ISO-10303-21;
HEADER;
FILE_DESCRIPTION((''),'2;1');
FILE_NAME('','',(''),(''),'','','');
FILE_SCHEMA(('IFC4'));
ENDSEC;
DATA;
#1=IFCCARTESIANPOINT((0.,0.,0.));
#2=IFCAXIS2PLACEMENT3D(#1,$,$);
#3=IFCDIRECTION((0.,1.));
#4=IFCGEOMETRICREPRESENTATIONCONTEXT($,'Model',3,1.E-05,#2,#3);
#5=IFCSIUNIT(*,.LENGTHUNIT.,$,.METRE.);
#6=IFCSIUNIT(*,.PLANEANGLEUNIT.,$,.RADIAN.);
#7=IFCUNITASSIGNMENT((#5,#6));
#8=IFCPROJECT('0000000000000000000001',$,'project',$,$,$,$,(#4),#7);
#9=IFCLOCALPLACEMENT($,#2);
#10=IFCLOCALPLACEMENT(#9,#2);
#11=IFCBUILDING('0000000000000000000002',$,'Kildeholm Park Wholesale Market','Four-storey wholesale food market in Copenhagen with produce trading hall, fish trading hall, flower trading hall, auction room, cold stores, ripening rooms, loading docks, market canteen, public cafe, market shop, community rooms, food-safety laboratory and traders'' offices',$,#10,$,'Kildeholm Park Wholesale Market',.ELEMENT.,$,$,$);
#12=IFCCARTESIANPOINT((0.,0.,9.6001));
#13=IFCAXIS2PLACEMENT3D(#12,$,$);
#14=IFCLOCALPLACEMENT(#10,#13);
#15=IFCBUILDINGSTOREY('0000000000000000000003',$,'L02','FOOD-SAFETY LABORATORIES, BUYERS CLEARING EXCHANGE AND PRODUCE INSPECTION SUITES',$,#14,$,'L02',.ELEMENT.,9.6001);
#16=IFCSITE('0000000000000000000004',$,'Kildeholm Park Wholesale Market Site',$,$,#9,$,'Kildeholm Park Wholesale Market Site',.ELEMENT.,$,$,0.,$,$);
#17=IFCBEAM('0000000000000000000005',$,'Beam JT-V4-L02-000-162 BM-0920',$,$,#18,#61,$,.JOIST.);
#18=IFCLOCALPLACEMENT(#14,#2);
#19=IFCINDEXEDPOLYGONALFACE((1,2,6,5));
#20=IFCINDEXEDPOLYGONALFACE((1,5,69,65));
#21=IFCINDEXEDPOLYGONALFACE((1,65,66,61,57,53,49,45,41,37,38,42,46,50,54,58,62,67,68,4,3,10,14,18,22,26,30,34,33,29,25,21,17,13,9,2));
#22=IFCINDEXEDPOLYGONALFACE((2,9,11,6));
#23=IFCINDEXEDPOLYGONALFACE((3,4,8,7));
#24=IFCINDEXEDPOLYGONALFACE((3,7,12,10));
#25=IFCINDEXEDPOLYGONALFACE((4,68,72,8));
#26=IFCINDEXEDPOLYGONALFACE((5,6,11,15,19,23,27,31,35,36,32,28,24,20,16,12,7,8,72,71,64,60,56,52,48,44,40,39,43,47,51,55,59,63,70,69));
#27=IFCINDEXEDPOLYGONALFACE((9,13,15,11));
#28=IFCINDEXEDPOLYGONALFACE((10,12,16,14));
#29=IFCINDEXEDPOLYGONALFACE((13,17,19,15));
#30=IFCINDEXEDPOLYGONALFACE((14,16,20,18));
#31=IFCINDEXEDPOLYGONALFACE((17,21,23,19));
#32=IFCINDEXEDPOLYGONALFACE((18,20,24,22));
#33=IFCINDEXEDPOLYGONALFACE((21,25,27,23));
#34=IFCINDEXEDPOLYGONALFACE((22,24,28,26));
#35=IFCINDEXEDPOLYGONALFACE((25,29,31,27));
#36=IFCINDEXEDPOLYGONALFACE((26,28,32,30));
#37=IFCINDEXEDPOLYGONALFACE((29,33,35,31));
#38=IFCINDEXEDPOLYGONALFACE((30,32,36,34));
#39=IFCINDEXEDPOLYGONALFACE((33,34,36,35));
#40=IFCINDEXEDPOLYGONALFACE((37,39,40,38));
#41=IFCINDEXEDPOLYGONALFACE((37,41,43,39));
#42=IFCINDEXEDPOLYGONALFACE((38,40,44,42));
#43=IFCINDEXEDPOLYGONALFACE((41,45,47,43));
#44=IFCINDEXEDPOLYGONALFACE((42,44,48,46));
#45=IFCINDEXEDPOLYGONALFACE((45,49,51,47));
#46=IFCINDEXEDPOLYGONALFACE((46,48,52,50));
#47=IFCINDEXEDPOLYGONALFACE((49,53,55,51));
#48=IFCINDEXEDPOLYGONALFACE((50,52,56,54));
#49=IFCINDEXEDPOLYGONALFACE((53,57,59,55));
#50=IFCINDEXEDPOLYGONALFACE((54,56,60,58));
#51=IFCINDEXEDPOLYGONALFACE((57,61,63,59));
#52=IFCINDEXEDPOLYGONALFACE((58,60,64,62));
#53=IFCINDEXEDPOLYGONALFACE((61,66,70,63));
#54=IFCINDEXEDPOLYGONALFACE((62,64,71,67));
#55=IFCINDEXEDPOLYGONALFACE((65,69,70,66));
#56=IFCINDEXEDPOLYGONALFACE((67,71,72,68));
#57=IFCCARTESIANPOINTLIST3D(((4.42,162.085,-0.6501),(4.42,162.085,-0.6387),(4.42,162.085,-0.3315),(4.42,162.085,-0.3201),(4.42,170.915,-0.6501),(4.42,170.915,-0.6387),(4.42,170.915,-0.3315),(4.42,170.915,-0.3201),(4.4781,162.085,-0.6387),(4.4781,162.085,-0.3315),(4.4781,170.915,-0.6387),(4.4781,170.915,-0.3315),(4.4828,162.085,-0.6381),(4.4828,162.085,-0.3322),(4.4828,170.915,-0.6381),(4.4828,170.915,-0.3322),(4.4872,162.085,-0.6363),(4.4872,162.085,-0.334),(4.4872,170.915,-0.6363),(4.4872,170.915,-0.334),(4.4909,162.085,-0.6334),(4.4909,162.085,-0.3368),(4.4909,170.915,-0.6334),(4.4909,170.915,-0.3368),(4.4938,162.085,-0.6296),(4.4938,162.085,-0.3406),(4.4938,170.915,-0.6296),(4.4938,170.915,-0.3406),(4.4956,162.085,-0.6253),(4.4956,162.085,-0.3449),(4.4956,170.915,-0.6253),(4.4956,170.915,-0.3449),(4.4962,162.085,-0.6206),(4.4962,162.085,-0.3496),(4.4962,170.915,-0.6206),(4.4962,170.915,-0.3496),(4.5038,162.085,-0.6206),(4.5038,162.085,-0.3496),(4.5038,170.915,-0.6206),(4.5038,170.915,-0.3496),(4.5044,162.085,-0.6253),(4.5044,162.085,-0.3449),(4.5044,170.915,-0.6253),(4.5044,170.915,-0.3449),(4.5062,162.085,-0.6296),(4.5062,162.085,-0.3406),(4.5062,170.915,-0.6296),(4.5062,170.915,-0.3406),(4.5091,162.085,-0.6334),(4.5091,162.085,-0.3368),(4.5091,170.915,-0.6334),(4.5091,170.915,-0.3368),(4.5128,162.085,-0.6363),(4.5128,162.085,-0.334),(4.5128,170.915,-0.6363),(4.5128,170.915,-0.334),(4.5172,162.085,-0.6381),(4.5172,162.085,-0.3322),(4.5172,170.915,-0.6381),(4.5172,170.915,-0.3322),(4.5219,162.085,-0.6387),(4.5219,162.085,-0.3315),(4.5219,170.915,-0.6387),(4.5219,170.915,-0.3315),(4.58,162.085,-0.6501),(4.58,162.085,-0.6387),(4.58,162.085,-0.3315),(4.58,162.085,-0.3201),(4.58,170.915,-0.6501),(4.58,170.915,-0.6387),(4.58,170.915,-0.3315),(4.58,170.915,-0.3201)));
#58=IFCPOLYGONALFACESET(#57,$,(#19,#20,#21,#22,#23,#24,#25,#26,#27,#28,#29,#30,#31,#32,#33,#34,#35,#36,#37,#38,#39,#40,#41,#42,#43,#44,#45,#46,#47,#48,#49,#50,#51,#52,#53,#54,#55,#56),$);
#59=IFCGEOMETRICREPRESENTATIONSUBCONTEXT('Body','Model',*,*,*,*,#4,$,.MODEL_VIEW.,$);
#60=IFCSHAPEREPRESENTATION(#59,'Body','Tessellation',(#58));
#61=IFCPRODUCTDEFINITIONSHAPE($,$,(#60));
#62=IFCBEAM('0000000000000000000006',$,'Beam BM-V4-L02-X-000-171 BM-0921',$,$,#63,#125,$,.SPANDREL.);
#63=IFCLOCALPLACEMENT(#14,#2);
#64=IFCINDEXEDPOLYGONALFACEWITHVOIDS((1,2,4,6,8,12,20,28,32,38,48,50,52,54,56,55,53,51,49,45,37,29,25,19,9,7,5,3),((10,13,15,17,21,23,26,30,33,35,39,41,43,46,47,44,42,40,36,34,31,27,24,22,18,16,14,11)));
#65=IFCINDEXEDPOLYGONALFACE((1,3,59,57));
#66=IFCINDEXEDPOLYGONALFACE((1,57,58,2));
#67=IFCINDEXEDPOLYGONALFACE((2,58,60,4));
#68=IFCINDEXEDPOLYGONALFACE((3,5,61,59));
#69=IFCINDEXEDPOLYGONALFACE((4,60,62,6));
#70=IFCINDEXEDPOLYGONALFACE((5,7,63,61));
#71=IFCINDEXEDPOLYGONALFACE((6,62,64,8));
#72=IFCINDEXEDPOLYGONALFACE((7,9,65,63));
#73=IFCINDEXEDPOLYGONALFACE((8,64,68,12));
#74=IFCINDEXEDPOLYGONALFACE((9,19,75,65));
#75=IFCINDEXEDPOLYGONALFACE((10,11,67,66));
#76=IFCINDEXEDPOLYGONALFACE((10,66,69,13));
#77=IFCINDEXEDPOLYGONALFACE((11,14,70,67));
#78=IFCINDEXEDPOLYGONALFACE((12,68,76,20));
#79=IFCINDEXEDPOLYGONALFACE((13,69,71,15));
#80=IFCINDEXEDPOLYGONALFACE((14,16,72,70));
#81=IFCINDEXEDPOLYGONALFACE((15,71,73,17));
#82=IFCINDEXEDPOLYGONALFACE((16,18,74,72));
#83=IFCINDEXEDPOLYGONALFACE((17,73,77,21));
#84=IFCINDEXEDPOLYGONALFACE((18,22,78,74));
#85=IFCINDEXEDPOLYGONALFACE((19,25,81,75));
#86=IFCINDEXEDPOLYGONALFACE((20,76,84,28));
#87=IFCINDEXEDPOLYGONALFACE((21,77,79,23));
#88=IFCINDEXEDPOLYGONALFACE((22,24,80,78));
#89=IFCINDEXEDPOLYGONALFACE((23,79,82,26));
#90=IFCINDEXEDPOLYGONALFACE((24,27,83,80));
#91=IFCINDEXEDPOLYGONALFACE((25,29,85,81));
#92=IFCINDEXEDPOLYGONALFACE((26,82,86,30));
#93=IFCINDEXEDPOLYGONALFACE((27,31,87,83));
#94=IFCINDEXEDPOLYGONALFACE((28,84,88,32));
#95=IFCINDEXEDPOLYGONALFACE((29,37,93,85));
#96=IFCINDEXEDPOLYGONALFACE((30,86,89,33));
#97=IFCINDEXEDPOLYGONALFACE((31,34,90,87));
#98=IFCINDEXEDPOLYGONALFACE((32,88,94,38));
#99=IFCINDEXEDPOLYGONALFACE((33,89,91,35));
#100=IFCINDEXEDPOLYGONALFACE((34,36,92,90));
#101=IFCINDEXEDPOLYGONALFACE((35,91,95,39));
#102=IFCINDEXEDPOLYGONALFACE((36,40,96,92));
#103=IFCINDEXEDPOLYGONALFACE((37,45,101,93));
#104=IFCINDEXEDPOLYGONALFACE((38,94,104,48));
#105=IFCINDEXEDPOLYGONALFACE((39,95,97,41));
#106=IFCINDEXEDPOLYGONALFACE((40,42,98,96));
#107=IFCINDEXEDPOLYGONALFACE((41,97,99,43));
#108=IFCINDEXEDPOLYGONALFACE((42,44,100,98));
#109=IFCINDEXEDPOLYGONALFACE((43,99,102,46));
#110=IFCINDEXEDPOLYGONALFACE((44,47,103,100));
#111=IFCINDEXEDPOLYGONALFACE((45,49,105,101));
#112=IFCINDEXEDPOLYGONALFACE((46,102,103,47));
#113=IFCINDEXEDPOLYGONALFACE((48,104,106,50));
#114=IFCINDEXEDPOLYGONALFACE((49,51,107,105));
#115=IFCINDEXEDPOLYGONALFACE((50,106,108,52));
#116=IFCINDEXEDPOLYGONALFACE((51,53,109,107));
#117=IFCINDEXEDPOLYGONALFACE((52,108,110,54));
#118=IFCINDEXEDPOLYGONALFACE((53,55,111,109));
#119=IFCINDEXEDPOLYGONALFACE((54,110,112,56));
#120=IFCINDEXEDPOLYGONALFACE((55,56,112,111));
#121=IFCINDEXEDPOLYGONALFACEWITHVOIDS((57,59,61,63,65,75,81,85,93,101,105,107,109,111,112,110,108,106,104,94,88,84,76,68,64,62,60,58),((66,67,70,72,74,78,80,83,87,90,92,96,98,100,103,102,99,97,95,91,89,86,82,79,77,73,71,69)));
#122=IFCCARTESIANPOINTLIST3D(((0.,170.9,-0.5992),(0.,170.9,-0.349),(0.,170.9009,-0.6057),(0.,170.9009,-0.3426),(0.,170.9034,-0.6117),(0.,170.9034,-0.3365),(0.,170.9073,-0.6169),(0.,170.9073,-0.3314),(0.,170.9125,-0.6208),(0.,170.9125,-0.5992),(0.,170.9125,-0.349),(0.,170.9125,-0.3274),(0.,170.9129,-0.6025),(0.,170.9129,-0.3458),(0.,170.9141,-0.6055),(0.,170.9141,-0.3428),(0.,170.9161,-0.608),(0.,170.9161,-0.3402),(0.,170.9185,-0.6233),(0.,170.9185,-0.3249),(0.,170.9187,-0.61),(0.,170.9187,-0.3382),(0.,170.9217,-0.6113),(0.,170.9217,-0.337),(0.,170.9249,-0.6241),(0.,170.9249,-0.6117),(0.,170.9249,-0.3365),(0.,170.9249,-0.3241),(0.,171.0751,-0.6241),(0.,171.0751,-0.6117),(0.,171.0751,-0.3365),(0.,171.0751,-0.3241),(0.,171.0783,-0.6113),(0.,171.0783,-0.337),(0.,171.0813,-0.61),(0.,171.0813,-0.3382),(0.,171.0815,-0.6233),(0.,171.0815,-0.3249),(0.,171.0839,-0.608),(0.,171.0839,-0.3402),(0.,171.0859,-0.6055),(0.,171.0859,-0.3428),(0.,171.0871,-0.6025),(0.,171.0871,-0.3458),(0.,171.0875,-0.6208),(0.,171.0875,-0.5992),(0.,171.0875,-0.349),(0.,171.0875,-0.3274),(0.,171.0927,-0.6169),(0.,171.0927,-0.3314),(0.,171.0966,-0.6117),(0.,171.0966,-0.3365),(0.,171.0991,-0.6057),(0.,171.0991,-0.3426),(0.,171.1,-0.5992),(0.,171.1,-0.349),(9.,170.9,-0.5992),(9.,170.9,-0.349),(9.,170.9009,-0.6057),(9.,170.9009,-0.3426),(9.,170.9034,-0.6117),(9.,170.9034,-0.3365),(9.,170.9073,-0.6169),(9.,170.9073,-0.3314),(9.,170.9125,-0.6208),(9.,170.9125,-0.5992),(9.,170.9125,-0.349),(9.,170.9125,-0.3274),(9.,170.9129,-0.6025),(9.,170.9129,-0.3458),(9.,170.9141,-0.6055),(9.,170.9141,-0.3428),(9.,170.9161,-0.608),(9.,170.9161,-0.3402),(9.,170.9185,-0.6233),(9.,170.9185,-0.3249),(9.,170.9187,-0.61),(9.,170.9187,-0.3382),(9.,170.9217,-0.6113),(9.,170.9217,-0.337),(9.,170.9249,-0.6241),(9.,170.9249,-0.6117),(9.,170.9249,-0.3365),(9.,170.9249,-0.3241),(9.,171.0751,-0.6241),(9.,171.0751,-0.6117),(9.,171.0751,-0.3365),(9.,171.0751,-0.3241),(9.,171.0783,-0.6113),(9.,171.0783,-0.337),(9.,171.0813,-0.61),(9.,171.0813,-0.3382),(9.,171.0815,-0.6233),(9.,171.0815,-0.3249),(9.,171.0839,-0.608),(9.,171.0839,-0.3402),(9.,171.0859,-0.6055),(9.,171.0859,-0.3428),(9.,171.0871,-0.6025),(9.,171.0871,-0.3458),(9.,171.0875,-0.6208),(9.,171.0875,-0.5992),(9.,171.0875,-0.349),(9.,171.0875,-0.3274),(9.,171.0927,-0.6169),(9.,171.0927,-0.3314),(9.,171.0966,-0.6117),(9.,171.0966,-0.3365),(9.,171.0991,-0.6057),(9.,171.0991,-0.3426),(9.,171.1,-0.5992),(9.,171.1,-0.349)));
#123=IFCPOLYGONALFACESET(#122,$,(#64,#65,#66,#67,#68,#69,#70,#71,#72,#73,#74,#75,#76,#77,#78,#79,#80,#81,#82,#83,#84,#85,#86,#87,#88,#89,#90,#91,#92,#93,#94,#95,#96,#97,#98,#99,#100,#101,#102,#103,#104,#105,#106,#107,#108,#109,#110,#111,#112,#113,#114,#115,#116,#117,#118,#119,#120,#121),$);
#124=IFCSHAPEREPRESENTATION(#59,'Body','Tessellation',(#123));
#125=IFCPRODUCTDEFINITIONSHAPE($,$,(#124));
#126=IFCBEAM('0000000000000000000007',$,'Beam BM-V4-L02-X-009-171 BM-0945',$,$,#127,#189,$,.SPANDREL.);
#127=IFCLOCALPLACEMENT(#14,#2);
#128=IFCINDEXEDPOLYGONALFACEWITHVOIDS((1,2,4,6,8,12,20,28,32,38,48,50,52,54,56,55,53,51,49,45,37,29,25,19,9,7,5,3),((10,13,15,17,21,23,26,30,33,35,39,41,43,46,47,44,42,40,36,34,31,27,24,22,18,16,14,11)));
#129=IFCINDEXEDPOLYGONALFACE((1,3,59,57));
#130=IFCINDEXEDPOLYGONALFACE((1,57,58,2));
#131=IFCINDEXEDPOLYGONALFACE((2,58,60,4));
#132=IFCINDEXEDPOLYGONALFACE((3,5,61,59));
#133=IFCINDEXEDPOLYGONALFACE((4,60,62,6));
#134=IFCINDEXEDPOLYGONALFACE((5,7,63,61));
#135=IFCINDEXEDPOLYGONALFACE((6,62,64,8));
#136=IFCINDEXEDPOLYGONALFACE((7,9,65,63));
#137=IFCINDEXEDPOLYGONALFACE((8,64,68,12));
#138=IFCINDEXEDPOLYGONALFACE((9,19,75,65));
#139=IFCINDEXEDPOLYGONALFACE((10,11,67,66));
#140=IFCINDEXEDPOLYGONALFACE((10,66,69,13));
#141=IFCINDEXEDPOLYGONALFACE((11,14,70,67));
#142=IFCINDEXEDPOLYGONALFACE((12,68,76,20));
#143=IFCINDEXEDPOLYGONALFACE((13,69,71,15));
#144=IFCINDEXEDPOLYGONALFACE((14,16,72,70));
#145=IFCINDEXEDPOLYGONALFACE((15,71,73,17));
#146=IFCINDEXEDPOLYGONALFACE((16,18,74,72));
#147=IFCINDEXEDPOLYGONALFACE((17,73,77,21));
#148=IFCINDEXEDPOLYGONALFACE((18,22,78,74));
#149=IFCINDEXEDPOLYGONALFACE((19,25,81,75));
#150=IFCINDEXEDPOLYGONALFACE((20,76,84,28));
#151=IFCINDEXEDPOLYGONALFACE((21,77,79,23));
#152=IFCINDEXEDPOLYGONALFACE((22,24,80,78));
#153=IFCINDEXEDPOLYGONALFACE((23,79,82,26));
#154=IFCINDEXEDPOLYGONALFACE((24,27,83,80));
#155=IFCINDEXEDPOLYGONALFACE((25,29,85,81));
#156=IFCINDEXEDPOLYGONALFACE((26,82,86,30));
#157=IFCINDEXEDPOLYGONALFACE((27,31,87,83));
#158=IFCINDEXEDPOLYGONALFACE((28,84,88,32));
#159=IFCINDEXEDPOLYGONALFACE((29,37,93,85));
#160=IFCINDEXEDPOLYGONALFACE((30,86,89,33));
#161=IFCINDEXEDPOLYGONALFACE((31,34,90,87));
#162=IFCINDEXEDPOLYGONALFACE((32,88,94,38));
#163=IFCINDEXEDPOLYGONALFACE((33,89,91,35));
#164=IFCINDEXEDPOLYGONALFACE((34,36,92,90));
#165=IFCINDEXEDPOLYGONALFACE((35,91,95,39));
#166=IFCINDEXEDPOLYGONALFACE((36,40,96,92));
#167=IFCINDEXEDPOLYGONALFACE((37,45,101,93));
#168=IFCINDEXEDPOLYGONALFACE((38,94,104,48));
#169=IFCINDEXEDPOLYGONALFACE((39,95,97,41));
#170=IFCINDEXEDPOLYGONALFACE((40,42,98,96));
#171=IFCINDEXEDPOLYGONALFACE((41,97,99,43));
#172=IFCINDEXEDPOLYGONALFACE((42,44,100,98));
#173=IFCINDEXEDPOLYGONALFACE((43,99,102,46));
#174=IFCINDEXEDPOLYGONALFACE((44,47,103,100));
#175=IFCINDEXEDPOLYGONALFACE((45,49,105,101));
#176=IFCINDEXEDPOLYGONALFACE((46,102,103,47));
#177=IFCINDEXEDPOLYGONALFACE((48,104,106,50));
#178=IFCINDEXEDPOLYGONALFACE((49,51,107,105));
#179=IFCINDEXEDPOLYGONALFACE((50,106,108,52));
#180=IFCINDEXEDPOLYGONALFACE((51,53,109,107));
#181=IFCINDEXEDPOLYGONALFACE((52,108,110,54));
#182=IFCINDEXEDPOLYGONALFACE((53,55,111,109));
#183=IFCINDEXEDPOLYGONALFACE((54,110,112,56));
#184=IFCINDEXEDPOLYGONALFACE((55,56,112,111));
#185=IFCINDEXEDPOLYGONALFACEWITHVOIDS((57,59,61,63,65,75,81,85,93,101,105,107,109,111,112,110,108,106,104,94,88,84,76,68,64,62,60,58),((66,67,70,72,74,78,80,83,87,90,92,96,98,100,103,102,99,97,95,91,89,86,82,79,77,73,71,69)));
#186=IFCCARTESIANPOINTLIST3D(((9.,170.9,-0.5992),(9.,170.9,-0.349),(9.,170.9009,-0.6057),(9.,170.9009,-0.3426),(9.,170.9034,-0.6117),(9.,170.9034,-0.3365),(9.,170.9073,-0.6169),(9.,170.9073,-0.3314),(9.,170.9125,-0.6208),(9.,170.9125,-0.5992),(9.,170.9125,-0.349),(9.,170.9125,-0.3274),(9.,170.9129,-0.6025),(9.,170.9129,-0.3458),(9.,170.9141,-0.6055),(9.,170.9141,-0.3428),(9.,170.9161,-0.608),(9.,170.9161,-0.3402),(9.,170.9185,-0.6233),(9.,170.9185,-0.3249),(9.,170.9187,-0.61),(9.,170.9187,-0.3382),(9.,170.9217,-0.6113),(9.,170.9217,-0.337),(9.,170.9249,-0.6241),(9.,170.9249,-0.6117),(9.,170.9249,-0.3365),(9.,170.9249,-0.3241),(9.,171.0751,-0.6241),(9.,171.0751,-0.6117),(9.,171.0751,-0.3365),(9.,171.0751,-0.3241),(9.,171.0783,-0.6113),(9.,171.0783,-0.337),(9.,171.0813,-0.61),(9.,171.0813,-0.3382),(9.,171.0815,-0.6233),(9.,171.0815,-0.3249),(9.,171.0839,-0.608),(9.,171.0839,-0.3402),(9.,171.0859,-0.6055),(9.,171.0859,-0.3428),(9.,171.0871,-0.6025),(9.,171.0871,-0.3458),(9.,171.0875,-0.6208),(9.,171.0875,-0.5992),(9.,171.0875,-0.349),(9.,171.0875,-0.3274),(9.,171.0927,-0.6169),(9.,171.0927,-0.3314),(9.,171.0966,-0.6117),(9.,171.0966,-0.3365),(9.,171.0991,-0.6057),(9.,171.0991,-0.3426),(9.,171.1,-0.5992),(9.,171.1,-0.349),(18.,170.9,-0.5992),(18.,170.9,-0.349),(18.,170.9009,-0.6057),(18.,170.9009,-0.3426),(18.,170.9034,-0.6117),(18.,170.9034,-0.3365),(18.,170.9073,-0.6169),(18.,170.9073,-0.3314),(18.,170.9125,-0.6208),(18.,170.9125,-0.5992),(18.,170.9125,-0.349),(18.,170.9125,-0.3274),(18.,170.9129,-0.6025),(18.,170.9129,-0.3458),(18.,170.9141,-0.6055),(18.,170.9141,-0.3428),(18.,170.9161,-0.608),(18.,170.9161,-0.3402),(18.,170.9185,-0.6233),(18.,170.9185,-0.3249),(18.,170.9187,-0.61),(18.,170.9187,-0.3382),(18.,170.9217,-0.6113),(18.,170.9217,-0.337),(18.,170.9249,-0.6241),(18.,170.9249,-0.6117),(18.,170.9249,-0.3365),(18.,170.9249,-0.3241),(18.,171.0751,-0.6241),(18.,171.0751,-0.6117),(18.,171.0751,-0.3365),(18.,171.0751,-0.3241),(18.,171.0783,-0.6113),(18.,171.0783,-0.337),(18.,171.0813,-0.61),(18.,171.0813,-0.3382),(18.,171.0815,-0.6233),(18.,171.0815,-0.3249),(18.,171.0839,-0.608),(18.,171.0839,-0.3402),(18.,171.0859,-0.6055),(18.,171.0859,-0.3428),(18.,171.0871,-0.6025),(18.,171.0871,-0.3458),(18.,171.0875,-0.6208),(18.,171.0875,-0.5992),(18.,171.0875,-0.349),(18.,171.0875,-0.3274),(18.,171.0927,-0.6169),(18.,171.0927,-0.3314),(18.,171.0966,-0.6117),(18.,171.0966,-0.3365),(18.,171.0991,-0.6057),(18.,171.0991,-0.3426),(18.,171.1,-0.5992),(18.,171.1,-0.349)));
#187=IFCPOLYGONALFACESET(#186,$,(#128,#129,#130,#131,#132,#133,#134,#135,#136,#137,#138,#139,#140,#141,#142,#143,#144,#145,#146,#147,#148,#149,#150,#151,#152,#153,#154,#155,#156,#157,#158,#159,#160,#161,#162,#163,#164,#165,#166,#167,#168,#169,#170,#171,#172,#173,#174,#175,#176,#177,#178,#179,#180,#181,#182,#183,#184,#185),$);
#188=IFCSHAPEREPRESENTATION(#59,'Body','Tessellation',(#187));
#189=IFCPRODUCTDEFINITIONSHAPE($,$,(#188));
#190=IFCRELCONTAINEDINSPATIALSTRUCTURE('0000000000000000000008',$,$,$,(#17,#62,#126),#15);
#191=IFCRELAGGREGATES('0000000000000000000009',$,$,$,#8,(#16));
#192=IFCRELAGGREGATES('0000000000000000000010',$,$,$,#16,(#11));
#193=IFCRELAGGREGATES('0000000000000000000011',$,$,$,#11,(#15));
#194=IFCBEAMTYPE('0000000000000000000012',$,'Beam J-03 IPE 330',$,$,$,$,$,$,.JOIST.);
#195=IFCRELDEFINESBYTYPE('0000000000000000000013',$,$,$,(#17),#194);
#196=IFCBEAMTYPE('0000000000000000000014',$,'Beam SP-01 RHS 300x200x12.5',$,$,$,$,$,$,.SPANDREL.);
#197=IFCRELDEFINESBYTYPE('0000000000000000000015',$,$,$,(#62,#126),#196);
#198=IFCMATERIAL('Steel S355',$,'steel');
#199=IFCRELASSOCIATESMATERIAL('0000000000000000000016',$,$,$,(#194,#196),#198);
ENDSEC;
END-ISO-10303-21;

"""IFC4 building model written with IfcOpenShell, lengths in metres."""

from ifc_helpers import new_model, si_unit, direction, frame, origin, origin_2d, place, context, subcontext, project, spatial, hollow_rectangle, i_section, extrude, material, material_profile, profile_set, type_object, element, save


model = new_model("IFC4")

# Units and contexts
model_context = context("Model", 3, precision=1e-05, world=origin(), true_north=direction((0.0, 1.0)))
body_context = subcontext(model_context, "Body", "Model", "MODEL_VIEW")
ifc_project = project(units=[si_unit("LENGTHUNIT", "METRE"), si_unit("PLANEANGLEUNIT", "RADIAN")], contexts=[model_context])

# Site, building, storey
site_placement = place(None, origin())
site = spatial("IfcSite", under=ifc_project, at=site_placement, Name="Kildeholm Park Wholesale Market Site", LongName="Kildeholm Park Wholesale Market Site", CompositionType="ELEMENT", RefElevation=0.0)
building_placement = place(site_placement, origin())
building = spatial("IfcBuilding", under=site, at=building_placement, Name="Kildeholm Park Wholesale Market", Description="Four-storey wholesale food market in Copenhagen with produce trading hall, fish trading hall, flower trading hall, auction room, cold stores, ripening rooms, loading docks, market canteen, public cafe, market shop, community rooms, food-safety laboratory and traders' offices", LongName="Kildeholm Park Wholesale Market", CompositionType="ELEMENT")
storey_placement = place(building_placement, frame((0.0, 0.0, 9.6001)))
storey = spatial("IfcBuildingStorey", under=building, at=storey_placement, Name="L02", Description="FOOD-SAFETY LABORATORIES, BUYERS CLEARING EXCHANGE AND PRODUCE INSPECTION SUITES", LongName="L02", CompositionType="ELEMENT", Elevation=9.6001)

# Beams
ifc_material_1 = material(Name="Steel S355", Category="steel")
ifc_material_profile_1 = material_profile(ifc_material_1, i_section(OverallWidth=0.1599, OverallDepth=0.3301, WebThickness=0.0076, FlangeThickness=0.0115, FilletRadius=0.0181, at=origin_2d()), Name="IPE 330")
ifc_profile_set_1 = profile_set([ifc_material_profile_1], Name="Steel S355")
beam_type_1 = type_object("IfcBeamType", Name="Beam J-03 IPE 330", PredefinedType="JOIST", material=ifc_profile_set_1)
beam_1_placement = place(storey_placement, frame((4.5, 162.085, -0.4851), z_axis=(0.0, 1.0, 0.0), x_axis=(-1.0, 0.0, 0.0)))
element("IfcBeam", 1, at=beam_1_placement, inside=storey, type_object=beam_type_1, Name="Beam JT-V4-L02-000-162 BM-0920", PredefinedType="JOIST", context=body_context, shape_type="SweptSolid", body=[
    extrude(i_section(OverallWidth=0.1599, OverallDepth=0.3301, WebThickness=0.0076, FlangeThickness=0.0115, FilletRadius=0.0181, at=origin_2d()), origin(), (0.0, 0.0, 1.0), 8.8301),
])
ifc_material_profile_2 = material_profile(ifc_material_1, hollow_rectangle(XDim=0.2, YDim=0.3, WallThickness=0.0125, InnerFilletRadius=0.0125, OuterFilletRadius=0.0249, at=origin_2d()), Name="RHS 300x200x12.5")
ifc_profile_set_2 = profile_set([ifc_material_profile_2], Name="Steel S355")
beam_type_2 = type_object("IfcBeamType", Name="Beam SP-01 RHS 300x200x12.5", PredefinedType="SPANDREL", material=ifc_profile_set_2)
for number, where, z_axis, x_axis, name in (
    (2, (0.0, 171.0, -0.4741), (1.0, 0.0, 0.0), (0.0, 1.0, 0.0), "Beam BM-V4-L02-X-000-171 BM-0921"),
    (3, (9.0, 171.0, -0.4741), (1.0, 0.0, 0.0), (0.0, 1.0, 0.0), "Beam BM-V4-L02-X-009-171 BM-0945"),
):
    element("IfcBeam", number, at=place(storey_placement, frame(where, z_axis=z_axis, x_axis=x_axis)), inside=storey, type_object=beam_type_2, Name=name, PredefinedType="SPANDREL", context=body_context, shape_type="SweptSolid", body=[
        extrude(hollow_rectangle(XDim=0.2, YDim=0.3, WallThickness=0.0125, InnerFilletRadius=0.0125, OuterFilletRadius=0.0249, at=origin_2d()), origin(), (0.0, 0.0, 1.0), 9.0),
    ])

save(model, "model.ifc")
